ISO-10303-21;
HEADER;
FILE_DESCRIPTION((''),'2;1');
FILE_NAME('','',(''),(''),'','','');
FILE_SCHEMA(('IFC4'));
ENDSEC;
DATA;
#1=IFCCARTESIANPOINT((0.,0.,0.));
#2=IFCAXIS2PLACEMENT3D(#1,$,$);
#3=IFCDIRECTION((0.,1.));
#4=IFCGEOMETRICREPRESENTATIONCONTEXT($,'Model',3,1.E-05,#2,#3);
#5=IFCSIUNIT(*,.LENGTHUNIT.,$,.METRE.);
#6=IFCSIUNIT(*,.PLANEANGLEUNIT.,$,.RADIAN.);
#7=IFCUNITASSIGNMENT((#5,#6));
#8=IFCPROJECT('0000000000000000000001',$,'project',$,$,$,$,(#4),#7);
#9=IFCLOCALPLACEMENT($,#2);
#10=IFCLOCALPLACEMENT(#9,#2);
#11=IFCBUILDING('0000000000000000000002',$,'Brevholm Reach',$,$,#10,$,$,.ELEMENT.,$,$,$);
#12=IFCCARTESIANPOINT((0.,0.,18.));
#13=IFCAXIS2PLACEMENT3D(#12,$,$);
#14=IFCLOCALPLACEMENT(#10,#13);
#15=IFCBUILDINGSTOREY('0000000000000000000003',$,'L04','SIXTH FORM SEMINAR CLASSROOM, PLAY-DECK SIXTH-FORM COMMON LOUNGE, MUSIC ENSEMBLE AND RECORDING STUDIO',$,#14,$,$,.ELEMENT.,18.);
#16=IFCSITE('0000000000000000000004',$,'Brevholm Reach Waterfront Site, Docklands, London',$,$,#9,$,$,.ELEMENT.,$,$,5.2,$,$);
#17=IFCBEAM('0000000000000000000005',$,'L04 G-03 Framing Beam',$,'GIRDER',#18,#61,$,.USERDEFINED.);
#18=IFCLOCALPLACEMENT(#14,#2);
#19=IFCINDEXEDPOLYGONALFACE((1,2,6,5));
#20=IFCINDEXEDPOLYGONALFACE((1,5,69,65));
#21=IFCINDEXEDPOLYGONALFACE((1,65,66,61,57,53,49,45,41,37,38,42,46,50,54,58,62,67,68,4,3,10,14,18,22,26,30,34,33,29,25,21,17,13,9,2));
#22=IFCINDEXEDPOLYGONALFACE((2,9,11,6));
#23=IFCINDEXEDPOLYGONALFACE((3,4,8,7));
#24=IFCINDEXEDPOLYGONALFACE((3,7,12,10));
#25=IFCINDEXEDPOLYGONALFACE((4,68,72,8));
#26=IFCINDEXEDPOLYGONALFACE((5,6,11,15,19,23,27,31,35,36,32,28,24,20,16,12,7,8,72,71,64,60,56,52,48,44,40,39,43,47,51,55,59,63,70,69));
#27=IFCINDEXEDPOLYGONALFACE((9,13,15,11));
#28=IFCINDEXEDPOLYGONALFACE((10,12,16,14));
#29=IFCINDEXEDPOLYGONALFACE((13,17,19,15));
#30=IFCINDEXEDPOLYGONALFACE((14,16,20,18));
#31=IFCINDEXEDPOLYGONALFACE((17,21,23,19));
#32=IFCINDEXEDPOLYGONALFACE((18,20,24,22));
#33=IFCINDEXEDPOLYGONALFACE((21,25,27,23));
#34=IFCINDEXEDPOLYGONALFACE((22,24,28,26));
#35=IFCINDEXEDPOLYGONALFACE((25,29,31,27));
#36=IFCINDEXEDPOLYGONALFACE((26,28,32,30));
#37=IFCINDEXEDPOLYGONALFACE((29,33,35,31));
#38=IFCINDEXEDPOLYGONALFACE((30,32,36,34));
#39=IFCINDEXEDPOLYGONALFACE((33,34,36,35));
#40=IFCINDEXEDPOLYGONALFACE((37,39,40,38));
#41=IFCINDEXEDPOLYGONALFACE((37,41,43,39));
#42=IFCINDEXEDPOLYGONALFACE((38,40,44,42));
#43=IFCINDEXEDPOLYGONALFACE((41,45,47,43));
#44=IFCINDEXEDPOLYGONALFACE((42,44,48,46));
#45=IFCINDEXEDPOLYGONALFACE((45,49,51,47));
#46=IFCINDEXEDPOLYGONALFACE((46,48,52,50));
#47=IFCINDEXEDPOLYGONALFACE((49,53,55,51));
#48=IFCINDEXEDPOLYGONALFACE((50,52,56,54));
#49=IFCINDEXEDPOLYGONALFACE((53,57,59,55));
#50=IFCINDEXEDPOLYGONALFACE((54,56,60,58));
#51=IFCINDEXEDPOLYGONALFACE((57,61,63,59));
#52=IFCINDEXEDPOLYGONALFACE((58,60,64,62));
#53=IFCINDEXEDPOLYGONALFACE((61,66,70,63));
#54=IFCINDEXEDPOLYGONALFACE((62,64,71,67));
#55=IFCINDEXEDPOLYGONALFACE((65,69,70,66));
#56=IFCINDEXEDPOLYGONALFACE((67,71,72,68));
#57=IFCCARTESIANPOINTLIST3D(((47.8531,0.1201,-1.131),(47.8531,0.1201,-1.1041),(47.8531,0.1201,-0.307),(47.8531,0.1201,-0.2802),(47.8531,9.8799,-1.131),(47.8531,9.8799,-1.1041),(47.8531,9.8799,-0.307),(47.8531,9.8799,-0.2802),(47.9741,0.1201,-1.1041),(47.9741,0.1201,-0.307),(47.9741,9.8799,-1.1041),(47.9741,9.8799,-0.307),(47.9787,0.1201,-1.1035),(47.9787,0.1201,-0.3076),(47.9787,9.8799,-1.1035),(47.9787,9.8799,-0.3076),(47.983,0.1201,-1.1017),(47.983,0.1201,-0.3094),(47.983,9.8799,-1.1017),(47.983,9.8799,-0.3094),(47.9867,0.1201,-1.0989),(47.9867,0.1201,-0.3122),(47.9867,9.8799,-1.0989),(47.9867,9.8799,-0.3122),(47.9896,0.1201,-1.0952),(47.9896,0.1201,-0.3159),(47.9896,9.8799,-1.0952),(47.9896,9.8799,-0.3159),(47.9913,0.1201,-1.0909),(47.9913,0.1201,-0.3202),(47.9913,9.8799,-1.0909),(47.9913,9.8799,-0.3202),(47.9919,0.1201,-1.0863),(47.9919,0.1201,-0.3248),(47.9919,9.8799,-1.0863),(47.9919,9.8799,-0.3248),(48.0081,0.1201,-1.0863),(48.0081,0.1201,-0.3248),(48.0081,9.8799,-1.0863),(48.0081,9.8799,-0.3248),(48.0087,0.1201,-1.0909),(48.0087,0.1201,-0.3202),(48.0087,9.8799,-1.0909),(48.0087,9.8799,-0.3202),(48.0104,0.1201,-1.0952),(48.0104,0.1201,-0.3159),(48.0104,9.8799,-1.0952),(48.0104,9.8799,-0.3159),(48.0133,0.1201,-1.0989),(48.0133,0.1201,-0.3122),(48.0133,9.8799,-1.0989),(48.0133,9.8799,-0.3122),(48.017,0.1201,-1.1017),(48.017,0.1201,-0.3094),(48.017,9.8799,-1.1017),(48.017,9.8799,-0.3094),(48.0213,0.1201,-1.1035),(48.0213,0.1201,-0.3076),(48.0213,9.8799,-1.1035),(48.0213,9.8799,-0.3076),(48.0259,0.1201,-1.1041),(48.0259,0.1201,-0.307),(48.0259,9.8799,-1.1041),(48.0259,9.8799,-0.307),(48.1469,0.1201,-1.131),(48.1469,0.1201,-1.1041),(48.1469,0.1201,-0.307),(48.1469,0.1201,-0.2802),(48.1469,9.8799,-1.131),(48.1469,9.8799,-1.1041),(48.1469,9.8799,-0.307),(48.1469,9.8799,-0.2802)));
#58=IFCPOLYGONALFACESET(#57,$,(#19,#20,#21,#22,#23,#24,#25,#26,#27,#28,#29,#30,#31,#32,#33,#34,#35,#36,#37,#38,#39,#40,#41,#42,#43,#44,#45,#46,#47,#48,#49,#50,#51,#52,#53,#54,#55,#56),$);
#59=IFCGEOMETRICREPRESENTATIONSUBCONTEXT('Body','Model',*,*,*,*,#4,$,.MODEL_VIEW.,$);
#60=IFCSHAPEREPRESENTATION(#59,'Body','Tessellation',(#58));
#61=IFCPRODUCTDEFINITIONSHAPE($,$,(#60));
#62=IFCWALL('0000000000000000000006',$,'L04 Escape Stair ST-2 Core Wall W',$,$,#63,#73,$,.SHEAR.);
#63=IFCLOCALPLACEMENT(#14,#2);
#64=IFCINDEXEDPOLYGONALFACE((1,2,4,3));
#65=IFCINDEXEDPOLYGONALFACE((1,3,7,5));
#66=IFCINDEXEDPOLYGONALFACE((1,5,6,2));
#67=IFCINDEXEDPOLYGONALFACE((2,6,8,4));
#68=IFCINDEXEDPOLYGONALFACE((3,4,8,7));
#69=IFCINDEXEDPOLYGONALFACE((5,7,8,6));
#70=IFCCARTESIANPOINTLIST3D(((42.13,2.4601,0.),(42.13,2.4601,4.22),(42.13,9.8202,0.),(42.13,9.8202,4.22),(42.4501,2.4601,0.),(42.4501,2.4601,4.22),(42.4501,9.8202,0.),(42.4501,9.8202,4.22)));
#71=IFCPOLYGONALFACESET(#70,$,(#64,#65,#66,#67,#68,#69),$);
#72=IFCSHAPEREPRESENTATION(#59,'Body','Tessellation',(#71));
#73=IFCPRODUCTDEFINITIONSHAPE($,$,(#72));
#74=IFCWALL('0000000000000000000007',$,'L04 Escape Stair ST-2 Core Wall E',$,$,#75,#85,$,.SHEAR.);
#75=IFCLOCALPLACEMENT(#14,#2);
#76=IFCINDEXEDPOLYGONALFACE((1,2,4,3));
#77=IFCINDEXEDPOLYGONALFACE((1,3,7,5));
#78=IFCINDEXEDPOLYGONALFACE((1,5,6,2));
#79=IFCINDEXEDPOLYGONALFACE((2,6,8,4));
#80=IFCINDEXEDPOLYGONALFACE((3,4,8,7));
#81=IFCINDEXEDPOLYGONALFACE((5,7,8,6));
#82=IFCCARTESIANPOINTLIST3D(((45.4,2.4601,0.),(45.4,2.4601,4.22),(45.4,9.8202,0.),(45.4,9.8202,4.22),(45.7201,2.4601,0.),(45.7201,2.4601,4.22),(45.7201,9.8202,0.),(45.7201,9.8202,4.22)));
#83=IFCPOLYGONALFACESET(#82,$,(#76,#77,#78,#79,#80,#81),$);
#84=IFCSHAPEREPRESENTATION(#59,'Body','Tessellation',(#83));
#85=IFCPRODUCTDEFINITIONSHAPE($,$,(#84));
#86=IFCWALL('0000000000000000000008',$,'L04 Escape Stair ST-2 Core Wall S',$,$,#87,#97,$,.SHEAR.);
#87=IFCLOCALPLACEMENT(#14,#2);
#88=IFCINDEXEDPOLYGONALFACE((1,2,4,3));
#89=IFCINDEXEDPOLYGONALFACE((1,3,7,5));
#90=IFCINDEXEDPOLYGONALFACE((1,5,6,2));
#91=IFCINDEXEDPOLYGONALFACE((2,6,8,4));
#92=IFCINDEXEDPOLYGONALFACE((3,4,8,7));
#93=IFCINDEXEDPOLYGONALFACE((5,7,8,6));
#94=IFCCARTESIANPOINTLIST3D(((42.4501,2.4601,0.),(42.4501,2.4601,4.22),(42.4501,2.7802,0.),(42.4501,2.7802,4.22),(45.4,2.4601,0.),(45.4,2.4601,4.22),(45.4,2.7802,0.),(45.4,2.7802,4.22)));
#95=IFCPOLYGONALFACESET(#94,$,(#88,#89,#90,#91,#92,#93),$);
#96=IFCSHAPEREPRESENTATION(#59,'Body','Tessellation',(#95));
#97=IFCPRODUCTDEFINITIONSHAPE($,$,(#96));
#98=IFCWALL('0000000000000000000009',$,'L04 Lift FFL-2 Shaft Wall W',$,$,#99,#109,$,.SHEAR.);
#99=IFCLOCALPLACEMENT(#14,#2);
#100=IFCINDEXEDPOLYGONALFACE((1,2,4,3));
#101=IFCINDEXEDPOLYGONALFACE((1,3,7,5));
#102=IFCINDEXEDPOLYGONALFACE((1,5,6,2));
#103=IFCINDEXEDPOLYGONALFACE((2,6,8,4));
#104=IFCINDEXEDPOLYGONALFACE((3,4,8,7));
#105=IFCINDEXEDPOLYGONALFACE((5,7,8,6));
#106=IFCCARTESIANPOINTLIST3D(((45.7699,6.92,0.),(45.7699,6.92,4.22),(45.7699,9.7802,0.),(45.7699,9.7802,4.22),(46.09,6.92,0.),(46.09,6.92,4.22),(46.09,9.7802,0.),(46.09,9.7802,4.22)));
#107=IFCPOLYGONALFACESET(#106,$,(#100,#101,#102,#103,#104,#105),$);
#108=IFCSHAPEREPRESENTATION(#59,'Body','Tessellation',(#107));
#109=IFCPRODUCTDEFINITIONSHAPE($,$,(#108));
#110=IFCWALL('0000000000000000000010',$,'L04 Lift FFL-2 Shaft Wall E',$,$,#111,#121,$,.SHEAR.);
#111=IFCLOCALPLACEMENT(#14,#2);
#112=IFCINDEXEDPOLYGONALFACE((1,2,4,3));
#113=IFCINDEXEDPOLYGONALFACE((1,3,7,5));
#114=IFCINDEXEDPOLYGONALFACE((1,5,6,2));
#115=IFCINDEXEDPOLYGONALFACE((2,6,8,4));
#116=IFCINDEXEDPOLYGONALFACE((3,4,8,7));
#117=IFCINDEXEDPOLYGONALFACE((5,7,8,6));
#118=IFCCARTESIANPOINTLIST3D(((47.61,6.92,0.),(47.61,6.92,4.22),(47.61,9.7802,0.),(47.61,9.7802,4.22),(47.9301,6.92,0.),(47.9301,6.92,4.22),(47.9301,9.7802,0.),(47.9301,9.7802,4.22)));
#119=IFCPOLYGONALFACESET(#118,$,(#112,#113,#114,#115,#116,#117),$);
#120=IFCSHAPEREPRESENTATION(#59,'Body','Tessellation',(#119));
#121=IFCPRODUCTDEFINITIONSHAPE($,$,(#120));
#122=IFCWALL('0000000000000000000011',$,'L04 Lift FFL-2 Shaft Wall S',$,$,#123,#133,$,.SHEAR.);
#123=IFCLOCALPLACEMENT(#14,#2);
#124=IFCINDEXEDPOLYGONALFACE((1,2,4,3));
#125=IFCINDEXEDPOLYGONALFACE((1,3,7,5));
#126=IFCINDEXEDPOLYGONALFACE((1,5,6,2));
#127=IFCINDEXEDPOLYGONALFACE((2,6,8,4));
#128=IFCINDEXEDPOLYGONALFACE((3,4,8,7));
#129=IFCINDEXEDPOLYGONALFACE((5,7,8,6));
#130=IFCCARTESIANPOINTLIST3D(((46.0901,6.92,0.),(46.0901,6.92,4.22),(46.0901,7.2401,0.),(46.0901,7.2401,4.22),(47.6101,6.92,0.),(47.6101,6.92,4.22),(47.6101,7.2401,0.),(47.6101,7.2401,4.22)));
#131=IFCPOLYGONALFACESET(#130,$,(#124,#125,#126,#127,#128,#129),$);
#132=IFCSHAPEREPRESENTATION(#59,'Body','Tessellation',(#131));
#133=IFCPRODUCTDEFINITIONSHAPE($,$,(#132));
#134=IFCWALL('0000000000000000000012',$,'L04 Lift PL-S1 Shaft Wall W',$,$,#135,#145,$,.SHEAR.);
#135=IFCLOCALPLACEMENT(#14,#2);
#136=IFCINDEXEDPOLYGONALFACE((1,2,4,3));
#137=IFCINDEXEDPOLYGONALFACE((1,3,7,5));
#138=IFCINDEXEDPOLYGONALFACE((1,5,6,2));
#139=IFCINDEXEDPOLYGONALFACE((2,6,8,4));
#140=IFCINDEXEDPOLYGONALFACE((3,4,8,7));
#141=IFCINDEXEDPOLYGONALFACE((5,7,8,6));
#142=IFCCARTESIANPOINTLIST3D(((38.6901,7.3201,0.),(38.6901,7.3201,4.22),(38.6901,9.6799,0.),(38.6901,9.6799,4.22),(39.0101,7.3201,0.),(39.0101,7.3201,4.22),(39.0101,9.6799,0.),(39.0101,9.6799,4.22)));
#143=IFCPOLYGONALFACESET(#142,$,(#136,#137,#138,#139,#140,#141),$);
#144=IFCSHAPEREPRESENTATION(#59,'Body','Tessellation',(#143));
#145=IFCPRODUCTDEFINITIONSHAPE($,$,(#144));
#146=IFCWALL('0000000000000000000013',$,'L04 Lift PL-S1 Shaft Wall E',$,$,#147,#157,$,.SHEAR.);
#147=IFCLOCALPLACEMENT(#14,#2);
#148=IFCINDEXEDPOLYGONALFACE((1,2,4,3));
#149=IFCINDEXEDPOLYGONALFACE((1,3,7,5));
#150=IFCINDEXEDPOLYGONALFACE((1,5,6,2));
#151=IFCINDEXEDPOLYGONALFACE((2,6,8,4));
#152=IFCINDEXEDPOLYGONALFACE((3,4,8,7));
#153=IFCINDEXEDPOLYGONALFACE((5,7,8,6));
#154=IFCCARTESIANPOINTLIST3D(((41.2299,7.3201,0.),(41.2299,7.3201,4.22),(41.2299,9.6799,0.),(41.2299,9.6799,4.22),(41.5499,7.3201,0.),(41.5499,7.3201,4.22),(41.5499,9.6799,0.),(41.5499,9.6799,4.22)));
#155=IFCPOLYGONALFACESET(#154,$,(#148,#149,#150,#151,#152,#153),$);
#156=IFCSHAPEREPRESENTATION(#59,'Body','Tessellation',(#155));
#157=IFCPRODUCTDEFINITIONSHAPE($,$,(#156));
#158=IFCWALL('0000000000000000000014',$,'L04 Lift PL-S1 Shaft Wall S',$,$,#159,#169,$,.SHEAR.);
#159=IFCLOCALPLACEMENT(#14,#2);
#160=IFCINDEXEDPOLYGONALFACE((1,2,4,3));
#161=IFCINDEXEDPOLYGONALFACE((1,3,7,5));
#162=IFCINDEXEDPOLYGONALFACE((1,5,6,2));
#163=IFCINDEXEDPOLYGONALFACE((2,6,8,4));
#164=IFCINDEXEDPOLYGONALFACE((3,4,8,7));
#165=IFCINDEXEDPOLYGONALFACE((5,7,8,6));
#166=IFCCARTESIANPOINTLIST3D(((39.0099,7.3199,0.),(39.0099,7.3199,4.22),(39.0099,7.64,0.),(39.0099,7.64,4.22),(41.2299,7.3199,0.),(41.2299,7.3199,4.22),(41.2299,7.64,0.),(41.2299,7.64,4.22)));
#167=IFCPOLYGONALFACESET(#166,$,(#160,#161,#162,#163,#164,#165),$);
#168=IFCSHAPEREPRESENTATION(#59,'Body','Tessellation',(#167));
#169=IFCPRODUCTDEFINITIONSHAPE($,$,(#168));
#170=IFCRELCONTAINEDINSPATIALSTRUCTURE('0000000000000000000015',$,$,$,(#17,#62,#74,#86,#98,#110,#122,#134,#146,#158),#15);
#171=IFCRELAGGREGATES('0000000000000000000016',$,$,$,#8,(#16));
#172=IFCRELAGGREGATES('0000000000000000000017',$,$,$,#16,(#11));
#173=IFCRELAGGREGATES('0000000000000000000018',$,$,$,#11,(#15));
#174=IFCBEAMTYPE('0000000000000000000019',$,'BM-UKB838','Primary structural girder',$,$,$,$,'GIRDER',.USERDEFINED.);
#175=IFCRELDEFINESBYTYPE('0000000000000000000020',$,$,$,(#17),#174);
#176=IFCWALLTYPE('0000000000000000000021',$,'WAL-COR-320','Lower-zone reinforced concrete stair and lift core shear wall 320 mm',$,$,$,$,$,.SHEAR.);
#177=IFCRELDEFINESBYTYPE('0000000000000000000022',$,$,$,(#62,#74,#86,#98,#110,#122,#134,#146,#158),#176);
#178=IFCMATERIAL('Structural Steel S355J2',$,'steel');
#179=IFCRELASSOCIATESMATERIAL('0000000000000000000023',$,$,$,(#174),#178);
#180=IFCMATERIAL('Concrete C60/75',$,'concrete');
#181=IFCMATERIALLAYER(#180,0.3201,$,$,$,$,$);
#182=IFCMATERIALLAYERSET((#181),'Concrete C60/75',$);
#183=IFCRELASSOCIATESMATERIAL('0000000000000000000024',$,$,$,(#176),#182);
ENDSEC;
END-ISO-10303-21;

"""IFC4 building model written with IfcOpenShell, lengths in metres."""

from ifc_helpers import new_model, si_unit, direction, frame, frame_2d, origin, origin_2d, place, context, subcontext, project, spatial, rectangle, i_section, extrude, material, layer, layer_set, material_profile, profile_set, type_object, element, save


model = new_model("IFC4")

# Units and contexts
model_context = context("Model", 3, precision=1e-05, world=origin(), true_north=direction((0.0, 1.0)))
body_context = subcontext(model_context, "Body", "Model", "MODEL_VIEW")
ifc_project = project(units=[si_unit("LENGTHUNIT", "METRE"), si_unit("PLANEANGLEUNIT", "RADIAN")], contexts=[model_context])

# Site, building, storey
site_placement = place(None, origin())
site = spatial("IfcSite", under=ifc_project, at=site_placement, Name="Brevholm Reach Waterfront Site, Docklands, London", CompositionType="ELEMENT", RefElevation=5.2)
building_placement = place(site_placement, origin())
building = spatial("IfcBuilding", under=site, at=building_placement, Name="Brevholm Reach", CompositionType="ELEMENT")
storey_placement = place(building_placement, frame((0.0, 0.0, 18.0)))
storey = spatial("IfcBuildingStorey", under=building, at=storey_placement, Name="L04", Description="SIXTH FORM SEMINAR CLASSROOM, PLAY-DECK SIXTH-FORM COMMON LOUNGE, MUSIC ENSEMBLE AND RECORDING STUDIO", CompositionType="ELEMENT", Elevation=18.0)

# Beam
ifc_material_1 = material(Name="Structural Steel S355J2", Category="steel")
ifc_material_profile_1 = material_profile(ifc_material_1, i_section(OverallWidth=0.2937, OverallDepth=0.8508, WebThickness=0.0161, FlangeThickness=0.0269, FilletRadius=0.0178, at=origin_2d()), Name="UKB 838x292x226")
ifc_profile_set_1 = profile_set([ifc_material_profile_1], Name="Structural Steel S355J2")
beam_type_1 = type_object("IfcBeamType", Name="BM-UKB838", Description="Primary structural girder", ElementType="GIRDER", PredefinedType="USERDEFINED", material=ifc_profile_set_1)
for number, where, z_axis, x_axis, name in (
    (1, (48.0, 0.1201, -0.7056), (0.0, 1.0, 0.0), (-1.0, 0.0, 0.0), "L04 G-03 Framing Beam"),
):
    element("IfcBeam", number, at=place(storey_placement, frame(where, z_axis=z_axis, x_axis=x_axis)), inside=storey, type_object=beam_type_1, Name=name, ObjectType="GIRDER", PredefinedType="USERDEFINED", context=body_context, shape_type="SweptSolid", body=[
        extrude(i_section(OverallWidth=0.2937, OverallDepth=0.8508, WebThickness=0.0161, FlangeThickness=0.0269, FilletRadius=0.0178, at=origin_2d()), origin(), (0.0, 0.0, 1.0), 9.7598),
    ])

# Walls
ifc_material_2 = material(Name="Concrete C60/75", Category="concrete")
ifc_layer_1 = layer(ifc_material_2, 0.3201)
ifc_layer_set_1 = layer_set([ifc_layer_1], Name="Concrete C60/75")
wall_type_1 = type_object("IfcWallType", Name="WAL-COR-320", Description="Lower-zone reinforced concrete stair and lift core shear wall 320 mm", PredefinedType="SHEAR", material=ifc_layer_set_1)
for number, where, z_axis, x_axis, name in (
    (2, (42.29, 2.46, 0.0), (0.0, 0.0, 1.0), (0.0, 1.0, 0.0), "L04 Escape Stair ST-2 Core Wall W"),
    (3, (45.5601, 2.46, 0.0), (0.0, 0.0, 1.0), (0.0, 1.0, 0.0), "L04 Escape Stair ST-2 Core Wall E"),
):
    element("IfcWall", number, at=place(storey_placement, frame(where, z_axis=z_axis, x_axis=x_axis)), inside=storey, type_object=wall_type_1, Name=name, PredefinedType="SHEAR", context=body_context, shape_type="SweptSolid", body=[
        extrude(rectangle(XDim=7.3601, YDim=0.3201, at=frame_2d((3.6802, 0.0))), origin(), (0.0, 0.0, 1.0), 4.22),
    ])
wall_1_placement = place(storey_placement, frame((42.45, 2.6201, 0.0), z_axis=(0.0, 0.0, 1.0), x_axis=(1.0, 0.0, 0.0)))
element("IfcWall", 4, at=wall_1_placement, inside=storey, type_object=wall_type_1, Name="L04 Escape Stair ST-2 Core Wall S", PredefinedType="SHEAR", context=body_context, shape_type="SweptSolid", body=[
    extrude(rectangle(XDim=2.95, YDim=0.3201, at=frame_2d((1.4751, 0.0))), origin(), (0.0, 0.0, 1.0), 4.22),
])
for number, where, z_axis, x_axis, name in (
    (5, (45.9299, 6.9199, 0.0), (0.0, 0.0, 1.0), (0.0, 1.0, 0.0), "L04 Lift FFL-2 Shaft Wall W"),
    (6, (47.77, 6.9199, 0.0), (0.0, 0.0, 1.0), (0.0, 1.0, 0.0), "L04 Lift FFL-2 Shaft Wall E"),
):
    element("IfcWall", number, at=place(storey_placement, frame(where, z_axis=z_axis, x_axis=x_axis)), inside=storey, type_object=wall_type_1, Name=name, PredefinedType="SHEAR", context=body_context, shape_type="SweptSolid", body=[
        extrude(rectangle(XDim=2.8601, YDim=0.3201, at=frame_2d((1.4302, 0.0))), origin(), (0.0, 0.0, 1.0), 4.22),
    ])
wall_2_placement = place(storey_placement, frame((46.0901, 7.0801, 0.0), z_axis=(0.0, 0.0, 1.0), x_axis=(1.0, 0.0, 0.0)))
element("IfcWall", 7, at=wall_2_placement, inside=storey, type_object=wall_type_1, Name="L04 Lift FFL-2 Shaft Wall S", PredefinedType="SHEAR", context=body_context, shape_type="SweptSolid", body=[
    extrude(rectangle(XDim=1.52, YDim=0.3201, at=frame_2d((0.76, 0.0))), origin(), (0.0, 0.0, 1.0), 4.22),
])
for number, where, z_axis, x_axis, name in (
    (8, (38.8501, 7.3201, 0.0), (0.0, 0.0, 1.0), (0.0, 1.0, 0.0), "L04 Lift PL-S1 Shaft Wall W"),
    (9, (41.3899, 7.3201, 0.0), (0.0, 0.0, 1.0), (0.0, 1.0, 0.0), "L04 Lift PL-S1 Shaft Wall E"),
):
    element("IfcWall", number, at=place(storey_placement, frame(where, z_axis=z_axis, x_axis=x_axis)), inside=storey, type_object=wall_type_1, Name=name, PredefinedType="SHEAR", context=body_context, shape_type="SweptSolid", body=[
        extrude(rectangle(XDim=2.3599, YDim=0.3201, at=frame_2d((1.1799, 0.0))), origin(), (0.0, 0.0, 1.0), 4.22),
    ])
wall_3_placement = place(storey_placement, frame((39.01, 7.48, 0.0), z_axis=(0.0, 0.0, 1.0), x_axis=(1.0, 0.0, 0.0)))
element("IfcWall", 10, at=wall_3_placement, inside=storey, type_object=wall_type_1, Name="L04 Lift PL-S1 Shaft Wall S", PredefinedType="SHEAR", context=body_context, shape_type="SweptSolid", body=[
    extrude(rectangle(XDim=2.22, YDim=0.3201, at=frame_2d((1.1099, 0.0))), origin(), (0.0, 0.0, 1.0), 4.22),
])

save(model, "model.ifc")
